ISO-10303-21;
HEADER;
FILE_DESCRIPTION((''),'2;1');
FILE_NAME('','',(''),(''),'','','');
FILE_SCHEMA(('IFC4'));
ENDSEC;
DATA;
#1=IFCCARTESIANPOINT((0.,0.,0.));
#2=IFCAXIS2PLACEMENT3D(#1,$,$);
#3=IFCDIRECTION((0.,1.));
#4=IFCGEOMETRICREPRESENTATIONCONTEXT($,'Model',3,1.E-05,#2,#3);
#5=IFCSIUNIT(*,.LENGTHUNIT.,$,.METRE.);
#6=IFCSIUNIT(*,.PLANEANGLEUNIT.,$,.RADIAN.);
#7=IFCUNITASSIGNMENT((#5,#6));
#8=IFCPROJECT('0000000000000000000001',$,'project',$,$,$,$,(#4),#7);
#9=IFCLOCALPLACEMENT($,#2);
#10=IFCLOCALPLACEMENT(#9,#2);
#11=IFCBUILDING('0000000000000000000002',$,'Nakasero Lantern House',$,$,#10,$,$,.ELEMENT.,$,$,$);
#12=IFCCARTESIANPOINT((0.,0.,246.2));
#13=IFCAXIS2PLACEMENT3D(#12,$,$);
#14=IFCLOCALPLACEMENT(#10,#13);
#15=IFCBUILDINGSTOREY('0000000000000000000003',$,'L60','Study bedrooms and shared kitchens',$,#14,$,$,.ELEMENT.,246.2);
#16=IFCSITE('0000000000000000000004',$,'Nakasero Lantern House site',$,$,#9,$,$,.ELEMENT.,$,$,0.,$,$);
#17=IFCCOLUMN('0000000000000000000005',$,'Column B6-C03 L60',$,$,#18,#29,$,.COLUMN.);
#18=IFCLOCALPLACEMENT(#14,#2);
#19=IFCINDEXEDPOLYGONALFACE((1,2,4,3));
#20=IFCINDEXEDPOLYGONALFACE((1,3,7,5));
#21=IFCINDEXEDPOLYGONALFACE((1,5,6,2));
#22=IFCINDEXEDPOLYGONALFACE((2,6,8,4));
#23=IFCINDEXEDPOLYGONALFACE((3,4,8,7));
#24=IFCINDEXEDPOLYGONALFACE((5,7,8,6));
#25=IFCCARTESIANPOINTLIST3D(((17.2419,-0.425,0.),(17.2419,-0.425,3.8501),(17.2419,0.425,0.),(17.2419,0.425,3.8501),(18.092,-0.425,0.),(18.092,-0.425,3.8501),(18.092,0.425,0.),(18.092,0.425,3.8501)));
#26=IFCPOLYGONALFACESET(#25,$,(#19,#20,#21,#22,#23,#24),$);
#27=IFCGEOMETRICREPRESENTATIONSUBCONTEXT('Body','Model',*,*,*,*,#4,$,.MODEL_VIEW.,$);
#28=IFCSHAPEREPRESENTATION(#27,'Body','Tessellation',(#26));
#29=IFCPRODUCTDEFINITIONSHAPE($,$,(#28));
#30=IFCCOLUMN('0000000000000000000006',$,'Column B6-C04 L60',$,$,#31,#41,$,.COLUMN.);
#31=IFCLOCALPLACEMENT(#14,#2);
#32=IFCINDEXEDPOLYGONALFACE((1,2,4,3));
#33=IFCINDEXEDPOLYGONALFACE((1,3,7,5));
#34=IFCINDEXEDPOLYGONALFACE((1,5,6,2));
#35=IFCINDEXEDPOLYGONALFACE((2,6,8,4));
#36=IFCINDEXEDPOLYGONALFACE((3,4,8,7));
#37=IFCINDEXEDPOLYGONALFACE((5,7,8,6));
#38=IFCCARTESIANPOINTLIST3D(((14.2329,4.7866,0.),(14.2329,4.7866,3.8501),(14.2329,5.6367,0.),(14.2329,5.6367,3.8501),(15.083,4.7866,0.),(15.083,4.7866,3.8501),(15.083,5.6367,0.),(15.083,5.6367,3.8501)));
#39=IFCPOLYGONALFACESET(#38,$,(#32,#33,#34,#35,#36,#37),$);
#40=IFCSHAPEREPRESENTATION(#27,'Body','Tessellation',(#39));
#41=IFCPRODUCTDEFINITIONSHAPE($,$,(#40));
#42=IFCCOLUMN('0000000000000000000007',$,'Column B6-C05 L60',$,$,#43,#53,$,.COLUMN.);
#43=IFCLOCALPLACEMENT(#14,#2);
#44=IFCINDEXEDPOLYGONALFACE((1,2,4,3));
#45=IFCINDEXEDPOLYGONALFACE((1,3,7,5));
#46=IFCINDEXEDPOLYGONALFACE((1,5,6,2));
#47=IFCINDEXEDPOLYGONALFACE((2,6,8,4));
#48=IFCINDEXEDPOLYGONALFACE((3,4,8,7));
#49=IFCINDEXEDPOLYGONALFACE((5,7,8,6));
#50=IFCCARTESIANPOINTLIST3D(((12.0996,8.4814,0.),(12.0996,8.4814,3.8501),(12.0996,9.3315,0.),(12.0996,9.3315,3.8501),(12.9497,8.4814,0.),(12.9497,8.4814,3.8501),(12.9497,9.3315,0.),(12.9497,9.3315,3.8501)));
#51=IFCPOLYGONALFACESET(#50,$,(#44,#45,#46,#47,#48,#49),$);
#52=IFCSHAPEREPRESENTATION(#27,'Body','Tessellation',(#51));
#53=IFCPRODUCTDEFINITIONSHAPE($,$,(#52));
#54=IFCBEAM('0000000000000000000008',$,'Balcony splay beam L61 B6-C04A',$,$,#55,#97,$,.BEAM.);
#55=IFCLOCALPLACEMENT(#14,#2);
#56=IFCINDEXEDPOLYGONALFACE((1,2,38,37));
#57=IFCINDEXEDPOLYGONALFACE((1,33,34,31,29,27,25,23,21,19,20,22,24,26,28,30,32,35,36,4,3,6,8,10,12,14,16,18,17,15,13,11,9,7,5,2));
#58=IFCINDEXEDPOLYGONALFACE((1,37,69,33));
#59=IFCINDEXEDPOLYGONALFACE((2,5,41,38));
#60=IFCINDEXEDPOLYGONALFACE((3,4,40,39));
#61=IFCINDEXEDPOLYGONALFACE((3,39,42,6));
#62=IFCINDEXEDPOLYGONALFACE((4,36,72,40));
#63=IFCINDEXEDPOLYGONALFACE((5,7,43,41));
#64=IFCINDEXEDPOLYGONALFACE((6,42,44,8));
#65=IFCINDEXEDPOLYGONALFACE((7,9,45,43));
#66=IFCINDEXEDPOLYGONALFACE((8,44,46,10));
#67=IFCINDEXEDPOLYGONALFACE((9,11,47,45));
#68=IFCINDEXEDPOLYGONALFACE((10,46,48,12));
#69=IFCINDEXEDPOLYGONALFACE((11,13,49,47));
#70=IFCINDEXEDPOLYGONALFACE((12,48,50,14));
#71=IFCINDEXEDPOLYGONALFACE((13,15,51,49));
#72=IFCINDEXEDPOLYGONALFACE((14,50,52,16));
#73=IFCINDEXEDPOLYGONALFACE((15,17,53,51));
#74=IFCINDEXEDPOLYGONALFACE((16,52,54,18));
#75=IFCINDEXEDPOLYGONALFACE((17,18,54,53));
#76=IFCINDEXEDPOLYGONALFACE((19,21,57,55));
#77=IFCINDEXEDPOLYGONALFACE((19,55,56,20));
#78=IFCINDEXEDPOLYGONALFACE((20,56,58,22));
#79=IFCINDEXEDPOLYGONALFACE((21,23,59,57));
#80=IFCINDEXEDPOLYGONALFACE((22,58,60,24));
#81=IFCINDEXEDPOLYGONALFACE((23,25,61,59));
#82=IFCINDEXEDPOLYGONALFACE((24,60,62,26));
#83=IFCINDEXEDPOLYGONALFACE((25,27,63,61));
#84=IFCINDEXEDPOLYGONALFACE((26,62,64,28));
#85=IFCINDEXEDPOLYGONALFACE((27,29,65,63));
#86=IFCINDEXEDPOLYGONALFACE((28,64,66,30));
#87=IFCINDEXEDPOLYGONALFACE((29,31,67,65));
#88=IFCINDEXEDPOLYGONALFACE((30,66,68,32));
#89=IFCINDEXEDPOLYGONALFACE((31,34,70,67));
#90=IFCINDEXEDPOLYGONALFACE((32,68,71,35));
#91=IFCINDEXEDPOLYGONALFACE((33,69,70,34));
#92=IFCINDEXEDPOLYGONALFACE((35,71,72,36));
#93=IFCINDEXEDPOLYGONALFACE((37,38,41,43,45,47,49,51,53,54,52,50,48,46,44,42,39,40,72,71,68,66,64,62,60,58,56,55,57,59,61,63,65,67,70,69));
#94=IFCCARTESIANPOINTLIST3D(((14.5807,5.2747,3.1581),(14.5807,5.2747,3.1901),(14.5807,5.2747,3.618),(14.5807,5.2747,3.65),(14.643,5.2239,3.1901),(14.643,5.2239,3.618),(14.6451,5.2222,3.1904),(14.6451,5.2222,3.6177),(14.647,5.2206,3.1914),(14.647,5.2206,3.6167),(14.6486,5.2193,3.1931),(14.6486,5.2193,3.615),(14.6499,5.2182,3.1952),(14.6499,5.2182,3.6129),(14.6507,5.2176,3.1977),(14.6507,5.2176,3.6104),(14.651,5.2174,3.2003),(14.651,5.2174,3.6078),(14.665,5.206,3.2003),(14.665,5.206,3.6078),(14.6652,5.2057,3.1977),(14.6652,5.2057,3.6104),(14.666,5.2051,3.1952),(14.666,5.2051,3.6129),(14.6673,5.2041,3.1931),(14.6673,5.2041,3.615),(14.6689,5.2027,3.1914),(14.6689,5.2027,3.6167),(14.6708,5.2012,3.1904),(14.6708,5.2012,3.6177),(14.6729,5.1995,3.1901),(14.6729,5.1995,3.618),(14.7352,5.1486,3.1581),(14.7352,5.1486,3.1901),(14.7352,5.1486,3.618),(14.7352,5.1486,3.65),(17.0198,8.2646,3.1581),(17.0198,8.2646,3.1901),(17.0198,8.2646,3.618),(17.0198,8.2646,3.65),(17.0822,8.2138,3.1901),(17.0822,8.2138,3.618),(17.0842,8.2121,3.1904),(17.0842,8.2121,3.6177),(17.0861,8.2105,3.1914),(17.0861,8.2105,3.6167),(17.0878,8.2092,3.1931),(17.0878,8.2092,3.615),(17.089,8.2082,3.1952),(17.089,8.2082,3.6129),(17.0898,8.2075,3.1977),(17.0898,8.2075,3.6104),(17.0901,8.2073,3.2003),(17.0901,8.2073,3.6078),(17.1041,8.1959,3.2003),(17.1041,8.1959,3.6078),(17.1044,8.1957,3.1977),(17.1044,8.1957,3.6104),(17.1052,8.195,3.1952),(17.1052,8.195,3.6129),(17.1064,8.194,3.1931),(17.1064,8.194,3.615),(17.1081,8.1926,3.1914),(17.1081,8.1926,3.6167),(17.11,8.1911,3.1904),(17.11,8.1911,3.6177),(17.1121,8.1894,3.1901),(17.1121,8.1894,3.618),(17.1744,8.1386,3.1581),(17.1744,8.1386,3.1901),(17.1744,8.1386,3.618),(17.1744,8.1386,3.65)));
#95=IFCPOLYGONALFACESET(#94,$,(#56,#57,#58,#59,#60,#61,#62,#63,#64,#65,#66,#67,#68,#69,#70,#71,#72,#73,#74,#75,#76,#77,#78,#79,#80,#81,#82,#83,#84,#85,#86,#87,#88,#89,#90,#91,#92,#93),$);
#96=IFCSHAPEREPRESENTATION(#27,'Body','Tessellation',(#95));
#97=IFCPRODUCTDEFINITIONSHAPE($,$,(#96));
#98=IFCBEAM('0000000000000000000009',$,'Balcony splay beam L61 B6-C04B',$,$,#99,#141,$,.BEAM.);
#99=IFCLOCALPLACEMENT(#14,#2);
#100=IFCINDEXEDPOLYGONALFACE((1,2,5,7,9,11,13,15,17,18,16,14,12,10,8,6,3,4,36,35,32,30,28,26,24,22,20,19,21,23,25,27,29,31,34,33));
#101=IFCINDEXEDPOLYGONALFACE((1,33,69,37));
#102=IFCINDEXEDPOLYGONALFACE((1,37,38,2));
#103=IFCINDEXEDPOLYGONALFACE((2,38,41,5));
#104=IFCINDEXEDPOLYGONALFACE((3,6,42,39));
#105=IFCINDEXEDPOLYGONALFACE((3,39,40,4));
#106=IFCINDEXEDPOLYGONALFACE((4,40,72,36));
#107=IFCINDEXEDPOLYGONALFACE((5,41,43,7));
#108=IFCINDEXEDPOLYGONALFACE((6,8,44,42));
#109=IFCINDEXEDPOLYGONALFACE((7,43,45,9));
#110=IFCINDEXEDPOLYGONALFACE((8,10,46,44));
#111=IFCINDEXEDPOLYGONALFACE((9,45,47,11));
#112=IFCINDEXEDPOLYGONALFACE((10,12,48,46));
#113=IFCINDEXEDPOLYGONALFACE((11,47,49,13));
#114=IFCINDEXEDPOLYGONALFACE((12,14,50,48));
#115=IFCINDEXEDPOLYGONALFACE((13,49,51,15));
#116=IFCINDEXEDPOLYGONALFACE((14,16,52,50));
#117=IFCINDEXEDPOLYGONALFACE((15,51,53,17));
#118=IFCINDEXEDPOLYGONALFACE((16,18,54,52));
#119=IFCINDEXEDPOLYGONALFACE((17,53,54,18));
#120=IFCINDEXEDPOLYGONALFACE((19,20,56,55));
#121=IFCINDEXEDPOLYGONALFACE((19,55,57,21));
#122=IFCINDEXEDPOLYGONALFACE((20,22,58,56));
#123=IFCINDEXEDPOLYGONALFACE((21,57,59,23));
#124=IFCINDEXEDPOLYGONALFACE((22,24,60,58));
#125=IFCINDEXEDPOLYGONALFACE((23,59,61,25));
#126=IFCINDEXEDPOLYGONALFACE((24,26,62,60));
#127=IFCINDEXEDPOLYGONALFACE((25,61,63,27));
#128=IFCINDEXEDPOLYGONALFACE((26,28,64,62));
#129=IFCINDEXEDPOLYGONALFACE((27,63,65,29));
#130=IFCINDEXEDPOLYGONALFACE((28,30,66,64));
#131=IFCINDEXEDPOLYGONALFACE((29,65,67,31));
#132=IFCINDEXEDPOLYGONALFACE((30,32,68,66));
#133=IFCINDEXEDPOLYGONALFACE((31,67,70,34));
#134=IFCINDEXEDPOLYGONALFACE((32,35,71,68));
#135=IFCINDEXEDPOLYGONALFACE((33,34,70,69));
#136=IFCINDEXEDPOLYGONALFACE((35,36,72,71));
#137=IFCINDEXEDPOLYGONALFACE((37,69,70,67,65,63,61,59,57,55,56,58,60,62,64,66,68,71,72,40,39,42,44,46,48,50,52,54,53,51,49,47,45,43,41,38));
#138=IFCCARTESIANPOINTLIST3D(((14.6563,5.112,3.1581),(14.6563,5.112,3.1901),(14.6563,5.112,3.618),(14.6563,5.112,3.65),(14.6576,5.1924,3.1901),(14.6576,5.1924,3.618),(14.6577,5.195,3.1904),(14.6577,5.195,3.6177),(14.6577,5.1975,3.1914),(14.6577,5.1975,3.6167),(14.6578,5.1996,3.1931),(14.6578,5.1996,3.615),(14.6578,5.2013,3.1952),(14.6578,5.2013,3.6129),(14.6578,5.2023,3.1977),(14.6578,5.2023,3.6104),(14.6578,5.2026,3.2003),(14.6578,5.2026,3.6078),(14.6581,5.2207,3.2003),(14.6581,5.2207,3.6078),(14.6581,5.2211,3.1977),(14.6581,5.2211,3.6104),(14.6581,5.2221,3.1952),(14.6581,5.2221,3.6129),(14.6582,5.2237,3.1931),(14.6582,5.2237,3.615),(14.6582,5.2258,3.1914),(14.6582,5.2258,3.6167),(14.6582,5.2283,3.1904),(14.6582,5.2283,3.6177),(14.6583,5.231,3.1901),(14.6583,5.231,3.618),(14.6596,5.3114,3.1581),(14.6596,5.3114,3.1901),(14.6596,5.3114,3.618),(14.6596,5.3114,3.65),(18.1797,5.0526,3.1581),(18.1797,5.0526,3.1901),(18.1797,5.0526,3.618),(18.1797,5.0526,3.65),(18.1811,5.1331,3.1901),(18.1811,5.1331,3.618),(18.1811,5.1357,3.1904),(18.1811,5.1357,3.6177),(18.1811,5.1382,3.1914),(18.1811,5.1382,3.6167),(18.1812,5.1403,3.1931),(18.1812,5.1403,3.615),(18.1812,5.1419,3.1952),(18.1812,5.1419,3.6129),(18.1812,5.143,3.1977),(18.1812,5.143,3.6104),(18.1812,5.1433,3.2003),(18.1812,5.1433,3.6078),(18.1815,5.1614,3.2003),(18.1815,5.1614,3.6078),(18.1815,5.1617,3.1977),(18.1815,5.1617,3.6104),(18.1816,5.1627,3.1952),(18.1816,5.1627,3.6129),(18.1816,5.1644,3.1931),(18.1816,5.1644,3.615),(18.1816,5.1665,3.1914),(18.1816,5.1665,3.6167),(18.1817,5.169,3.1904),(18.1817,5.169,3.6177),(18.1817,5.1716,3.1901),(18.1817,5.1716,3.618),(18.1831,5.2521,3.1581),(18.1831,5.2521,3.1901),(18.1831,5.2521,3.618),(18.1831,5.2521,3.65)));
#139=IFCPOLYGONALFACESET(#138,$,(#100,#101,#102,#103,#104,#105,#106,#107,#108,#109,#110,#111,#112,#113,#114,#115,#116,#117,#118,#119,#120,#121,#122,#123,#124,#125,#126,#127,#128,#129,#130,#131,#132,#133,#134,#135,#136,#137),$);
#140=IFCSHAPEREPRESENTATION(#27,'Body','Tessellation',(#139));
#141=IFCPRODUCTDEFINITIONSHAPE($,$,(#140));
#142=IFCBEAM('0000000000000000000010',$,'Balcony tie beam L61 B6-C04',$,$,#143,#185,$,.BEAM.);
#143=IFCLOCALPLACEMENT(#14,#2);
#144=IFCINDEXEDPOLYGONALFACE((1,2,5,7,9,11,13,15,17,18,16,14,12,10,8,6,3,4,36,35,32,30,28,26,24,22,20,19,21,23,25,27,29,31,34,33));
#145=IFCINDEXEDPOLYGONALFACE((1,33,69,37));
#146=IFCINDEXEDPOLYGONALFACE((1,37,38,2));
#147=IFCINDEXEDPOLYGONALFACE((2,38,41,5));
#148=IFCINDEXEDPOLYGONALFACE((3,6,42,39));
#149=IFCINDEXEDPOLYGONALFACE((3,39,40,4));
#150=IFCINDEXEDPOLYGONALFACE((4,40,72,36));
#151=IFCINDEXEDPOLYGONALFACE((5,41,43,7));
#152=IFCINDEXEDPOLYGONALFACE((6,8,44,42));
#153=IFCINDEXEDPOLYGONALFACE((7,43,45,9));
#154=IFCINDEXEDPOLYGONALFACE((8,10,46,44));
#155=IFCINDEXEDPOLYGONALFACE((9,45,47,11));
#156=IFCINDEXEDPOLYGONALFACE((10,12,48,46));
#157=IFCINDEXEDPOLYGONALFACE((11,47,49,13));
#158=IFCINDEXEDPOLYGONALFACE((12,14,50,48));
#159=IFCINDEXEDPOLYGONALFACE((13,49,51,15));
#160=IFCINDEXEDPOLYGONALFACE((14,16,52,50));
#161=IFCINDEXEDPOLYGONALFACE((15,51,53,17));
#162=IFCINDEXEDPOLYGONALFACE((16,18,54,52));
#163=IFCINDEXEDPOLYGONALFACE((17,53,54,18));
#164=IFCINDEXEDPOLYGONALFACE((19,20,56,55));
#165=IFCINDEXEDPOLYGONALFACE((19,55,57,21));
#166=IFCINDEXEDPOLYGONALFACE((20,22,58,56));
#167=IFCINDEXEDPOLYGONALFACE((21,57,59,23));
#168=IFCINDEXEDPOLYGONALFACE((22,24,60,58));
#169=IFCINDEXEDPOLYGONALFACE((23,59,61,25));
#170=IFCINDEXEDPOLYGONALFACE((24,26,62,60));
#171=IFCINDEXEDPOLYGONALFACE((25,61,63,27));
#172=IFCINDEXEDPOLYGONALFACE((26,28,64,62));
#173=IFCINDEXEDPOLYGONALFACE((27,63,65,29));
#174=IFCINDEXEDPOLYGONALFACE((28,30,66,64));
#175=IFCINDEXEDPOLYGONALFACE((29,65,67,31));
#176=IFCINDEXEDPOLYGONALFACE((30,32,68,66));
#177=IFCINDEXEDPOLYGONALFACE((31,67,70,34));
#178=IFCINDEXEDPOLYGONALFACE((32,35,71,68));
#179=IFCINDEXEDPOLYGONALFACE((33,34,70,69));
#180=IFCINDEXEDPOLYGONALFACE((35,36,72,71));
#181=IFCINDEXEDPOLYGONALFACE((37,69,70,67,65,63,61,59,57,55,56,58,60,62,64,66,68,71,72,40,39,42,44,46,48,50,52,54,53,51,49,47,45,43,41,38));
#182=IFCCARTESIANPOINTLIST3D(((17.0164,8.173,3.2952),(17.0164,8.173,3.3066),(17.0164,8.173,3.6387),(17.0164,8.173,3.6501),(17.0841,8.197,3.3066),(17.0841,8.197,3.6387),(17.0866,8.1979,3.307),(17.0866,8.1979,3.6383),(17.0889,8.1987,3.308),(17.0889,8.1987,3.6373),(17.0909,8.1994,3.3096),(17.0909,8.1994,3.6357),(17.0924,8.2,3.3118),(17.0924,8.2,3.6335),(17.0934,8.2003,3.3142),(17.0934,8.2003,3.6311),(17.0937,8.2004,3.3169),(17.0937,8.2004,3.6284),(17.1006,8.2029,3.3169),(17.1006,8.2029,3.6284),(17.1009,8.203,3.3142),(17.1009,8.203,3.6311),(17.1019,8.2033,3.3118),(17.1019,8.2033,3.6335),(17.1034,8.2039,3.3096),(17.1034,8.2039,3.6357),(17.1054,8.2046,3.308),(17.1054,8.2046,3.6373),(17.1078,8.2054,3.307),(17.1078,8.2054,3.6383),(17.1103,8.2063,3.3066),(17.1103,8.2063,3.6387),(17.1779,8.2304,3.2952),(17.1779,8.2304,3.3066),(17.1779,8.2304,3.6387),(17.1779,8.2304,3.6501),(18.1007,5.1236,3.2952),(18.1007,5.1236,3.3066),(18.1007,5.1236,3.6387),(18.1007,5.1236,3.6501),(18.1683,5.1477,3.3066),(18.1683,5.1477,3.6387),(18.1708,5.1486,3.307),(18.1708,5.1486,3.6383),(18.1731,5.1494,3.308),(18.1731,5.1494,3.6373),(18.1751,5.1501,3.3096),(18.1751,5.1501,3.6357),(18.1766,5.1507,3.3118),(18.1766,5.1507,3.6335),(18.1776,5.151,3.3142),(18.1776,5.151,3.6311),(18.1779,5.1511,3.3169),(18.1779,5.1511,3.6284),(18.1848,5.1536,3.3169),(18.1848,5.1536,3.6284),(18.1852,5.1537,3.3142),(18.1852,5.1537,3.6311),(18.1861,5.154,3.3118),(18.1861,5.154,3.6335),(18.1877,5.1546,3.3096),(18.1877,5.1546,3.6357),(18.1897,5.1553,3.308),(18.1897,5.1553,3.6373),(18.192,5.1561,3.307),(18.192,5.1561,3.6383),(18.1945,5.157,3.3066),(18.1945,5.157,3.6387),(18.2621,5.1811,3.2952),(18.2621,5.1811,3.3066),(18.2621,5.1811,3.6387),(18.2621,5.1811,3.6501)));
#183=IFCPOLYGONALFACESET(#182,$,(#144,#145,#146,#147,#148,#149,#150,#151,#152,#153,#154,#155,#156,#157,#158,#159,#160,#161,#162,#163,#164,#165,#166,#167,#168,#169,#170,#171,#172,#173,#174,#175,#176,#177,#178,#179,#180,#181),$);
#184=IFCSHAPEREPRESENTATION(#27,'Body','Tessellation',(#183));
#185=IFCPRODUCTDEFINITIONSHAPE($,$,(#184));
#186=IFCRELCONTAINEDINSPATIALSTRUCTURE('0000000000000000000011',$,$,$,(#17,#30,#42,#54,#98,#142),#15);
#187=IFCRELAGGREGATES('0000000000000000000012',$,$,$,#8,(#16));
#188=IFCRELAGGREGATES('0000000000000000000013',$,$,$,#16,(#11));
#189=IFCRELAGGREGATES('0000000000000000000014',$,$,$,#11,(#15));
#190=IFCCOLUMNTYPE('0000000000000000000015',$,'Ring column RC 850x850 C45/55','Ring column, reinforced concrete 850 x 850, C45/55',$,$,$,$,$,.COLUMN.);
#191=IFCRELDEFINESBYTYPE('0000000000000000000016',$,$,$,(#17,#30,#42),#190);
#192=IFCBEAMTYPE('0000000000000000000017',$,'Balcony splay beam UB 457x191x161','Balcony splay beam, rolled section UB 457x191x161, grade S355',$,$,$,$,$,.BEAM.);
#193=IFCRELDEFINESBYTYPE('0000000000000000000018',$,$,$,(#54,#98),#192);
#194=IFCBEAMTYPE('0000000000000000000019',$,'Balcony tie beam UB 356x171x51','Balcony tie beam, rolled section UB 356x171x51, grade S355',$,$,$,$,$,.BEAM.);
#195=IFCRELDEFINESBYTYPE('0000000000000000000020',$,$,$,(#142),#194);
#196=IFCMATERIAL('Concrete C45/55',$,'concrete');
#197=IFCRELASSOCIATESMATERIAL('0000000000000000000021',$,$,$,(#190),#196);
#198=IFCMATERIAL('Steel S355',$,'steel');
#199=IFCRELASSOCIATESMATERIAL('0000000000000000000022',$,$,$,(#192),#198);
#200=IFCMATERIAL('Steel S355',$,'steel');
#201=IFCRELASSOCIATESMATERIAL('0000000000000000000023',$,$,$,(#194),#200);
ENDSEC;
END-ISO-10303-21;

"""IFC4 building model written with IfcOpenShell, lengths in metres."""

from ifc_helpers import new_model, si_unit, direction, frame, origin, origin_2d, place, context, subcontext, project, spatial, rectangle, i_section, extrude, material, material_profile, profile_set, type_object, element, save


model = new_model("IFC4")

# Units and contexts
model_context = context("Model", 3, precision=1e-05, world=origin(), true_north=direction((0.0, 1.0)))
body_context = subcontext(model_context, "Body", "Model", "MODEL_VIEW")
ifc_project = project(units=[si_unit("LENGTHUNIT", "METRE"), si_unit("PLANEANGLEUNIT", "RADIAN")], contexts=[model_context])

# Site, building, storey
site_placement = place(None, origin())
site = spatial("IfcSite", under=ifc_project, at=site_placement, Name="Nakasero Lantern House site", CompositionType="ELEMENT", RefElevation=0.0)
building_placement = place(site_placement, origin())
building = spatial("IfcBuilding", under=site, at=building_placement, Name="Nakasero Lantern House", CompositionType="ELEMENT")
storey_placement = place(building_placement, frame((0.0, 0.0, 246.2)))
storey = spatial("IfcBuildingStorey", under=building, at=storey_placement, Name="L60", Description="Study bedrooms and shared kitchens", CompositionType="ELEMENT", Elevation=246.2)

# Columns
ifc_material_1 = material(Name="Concrete C45/55", Category="concrete")
ifc_material_profile_1 = material_profile(ifc_material_1, rectangle(XDim=0.8501, YDim=0.8501, at=origin_2d()), Name="RC 850x850")
ifc_profile_set_1 = profile_set([ifc_material_profile_1], Name="Concrete C45/55")
column_type = type_object("IfcColumnType", Name="Ring column RC 850x850 C45/55", Description="Ring column, reinforced concrete 850 x 850, C45/55", PredefinedType="COLUMN", material=ifc_profile_set_1)
for number, where, z_axis, x_axis, name in (
    (1, (17.667, 0.0, 0.0), (0.0, 0.0, 1.0), (1.0, 0.0, 0.0), "Column B6-C03 L60"),
    (2, (14.658, 5.2117, 0.0), (0.0, 0.0, 1.0), (1.0, 0.0, 0.0), "Column B6-C04 L60"),
    (3, (12.5247, 8.9065, 0.0), (0.0, 0.0, 1.0), (1.0, 0.0, 0.0), "Column B6-C05 L60"),
):
    element("IfcColumn", number, at=place(storey_placement, frame(where, z_axis=z_axis, x_axis=x_axis)), inside=storey, type_object=column_type, Name=name, PredefinedType="COLUMN", context=body_context, shape_type="SweptSolid", body=[
        extrude(rectangle(XDim=0.8501, YDim=0.8501, at=origin_2d()), origin(), (0.0, 0.0, 1.0), 3.8501),
    ])

# Beams
ifc_material_2 = material(Name="Steel S355", Category="steel")
ifc_material_profile_2 = material_profile(ifc_material_2, i_section(OverallWidth=0.1995, OverallDepth=0.4919, WebThickness=0.0181, FlangeThickness=0.032, FilletRadius=0.0103, at=origin_2d()), Name="UB 457x191x161")
ifc_profile_set_2 = profile_set([ifc_material_profile_2], Name="Steel S355")
beam_type_1 = type_object("IfcBeamType", Name="Balcony splay beam UB 457x191x161", Description="Balcony splay beam, rolled section UB 457x191x161, grade S355", PredefinedType="BEAM", material=ifc_profile_set_2)
beam_1_placement = place(storey_placement, frame((14.658, 5.2117, 3.4041), z_axis=(0.632128, 0.774864, 0.0), x_axis=(-0.774864, 0.632128, 0.0)))
element("IfcBeam", 4, at=beam_1_placement, inside=storey, type_object=beam_type_1, Name="Balcony splay beam L61 B6-C04A", PredefinedType="BEAM", context=body_context, shape_type="SweptSolid", body=[
    extrude(i_section(OverallWidth=0.1995, OverallDepth=0.4919, WebThickness=0.0181, FlangeThickness=0.032, FilletRadius=0.0103, at=origin_2d()), origin(), (0.0, 0.0, 1.0), 3.8586),
])
beam_2_placement = place(storey_placement, frame((14.658, 5.2117, 3.4041), z_axis=(0.999858, -0.016835, 0.0), x_axis=(0.016835, 0.999858, 0.0)))
element("IfcBeam", 5, at=beam_2_placement, inside=storey, type_object=beam_type_1, Name="Balcony splay beam L61 B6-C04B", PredefinedType="BEAM", context=body_context, shape_type="SweptSolid", body=[
    extrude(i_section(OverallWidth=0.1995, OverallDepth=0.4919, WebThickness=0.0181, FlangeThickness=0.032, FilletRadius=0.0103, at=origin_2d()), origin(), (0.0, 0.0, 1.0), 3.5239),
])
ifc_material_3 = material(Name="Steel S355", Category="steel")
ifc_material_profile_3 = material_profile(ifc_material_3, i_section(OverallWidth=0.1714, OverallDepth=0.355, WebThickness=0.0073, FlangeThickness=0.0115, FilletRadius=0.0103, at=origin_2d()), Name="UB 356x171x51")
ifc_profile_set_3 = profile_set([ifc_material_profile_3], Name="Steel S355")
beam_type_2 = type_object("IfcBeamType", Name="Balcony tie beam UB 356x171x51", Description="Balcony tie beam, rolled section UB 356x171x51, grade S355", PredefinedType="BEAM", material=ifc_profile_set_3)
beam_3_placement = place(storey_placement, frame((17.0972, 8.2017, 3.4727), z_axis=(0.335017, -0.942212, 0.0), x_axis=(0.942212, 0.335017, 0.0)))
element("IfcBeam", 6, at=beam_3_placement, inside=storey, type_object=beam_type_2, Name="Balcony tie beam L61 B6-C04", PredefinedType="BEAM", context=body_context, shape_type="SweptSolid", body=[
    extrude(i_section(OverallWidth=0.1714, OverallDepth=0.355, WebThickness=0.0073, FlangeThickness=0.0115, FilletRadius=0.0103, at=origin_2d()), origin(), (0.0, 0.0, 1.0), 3.2363),
])

save(model, "model.ifc")
